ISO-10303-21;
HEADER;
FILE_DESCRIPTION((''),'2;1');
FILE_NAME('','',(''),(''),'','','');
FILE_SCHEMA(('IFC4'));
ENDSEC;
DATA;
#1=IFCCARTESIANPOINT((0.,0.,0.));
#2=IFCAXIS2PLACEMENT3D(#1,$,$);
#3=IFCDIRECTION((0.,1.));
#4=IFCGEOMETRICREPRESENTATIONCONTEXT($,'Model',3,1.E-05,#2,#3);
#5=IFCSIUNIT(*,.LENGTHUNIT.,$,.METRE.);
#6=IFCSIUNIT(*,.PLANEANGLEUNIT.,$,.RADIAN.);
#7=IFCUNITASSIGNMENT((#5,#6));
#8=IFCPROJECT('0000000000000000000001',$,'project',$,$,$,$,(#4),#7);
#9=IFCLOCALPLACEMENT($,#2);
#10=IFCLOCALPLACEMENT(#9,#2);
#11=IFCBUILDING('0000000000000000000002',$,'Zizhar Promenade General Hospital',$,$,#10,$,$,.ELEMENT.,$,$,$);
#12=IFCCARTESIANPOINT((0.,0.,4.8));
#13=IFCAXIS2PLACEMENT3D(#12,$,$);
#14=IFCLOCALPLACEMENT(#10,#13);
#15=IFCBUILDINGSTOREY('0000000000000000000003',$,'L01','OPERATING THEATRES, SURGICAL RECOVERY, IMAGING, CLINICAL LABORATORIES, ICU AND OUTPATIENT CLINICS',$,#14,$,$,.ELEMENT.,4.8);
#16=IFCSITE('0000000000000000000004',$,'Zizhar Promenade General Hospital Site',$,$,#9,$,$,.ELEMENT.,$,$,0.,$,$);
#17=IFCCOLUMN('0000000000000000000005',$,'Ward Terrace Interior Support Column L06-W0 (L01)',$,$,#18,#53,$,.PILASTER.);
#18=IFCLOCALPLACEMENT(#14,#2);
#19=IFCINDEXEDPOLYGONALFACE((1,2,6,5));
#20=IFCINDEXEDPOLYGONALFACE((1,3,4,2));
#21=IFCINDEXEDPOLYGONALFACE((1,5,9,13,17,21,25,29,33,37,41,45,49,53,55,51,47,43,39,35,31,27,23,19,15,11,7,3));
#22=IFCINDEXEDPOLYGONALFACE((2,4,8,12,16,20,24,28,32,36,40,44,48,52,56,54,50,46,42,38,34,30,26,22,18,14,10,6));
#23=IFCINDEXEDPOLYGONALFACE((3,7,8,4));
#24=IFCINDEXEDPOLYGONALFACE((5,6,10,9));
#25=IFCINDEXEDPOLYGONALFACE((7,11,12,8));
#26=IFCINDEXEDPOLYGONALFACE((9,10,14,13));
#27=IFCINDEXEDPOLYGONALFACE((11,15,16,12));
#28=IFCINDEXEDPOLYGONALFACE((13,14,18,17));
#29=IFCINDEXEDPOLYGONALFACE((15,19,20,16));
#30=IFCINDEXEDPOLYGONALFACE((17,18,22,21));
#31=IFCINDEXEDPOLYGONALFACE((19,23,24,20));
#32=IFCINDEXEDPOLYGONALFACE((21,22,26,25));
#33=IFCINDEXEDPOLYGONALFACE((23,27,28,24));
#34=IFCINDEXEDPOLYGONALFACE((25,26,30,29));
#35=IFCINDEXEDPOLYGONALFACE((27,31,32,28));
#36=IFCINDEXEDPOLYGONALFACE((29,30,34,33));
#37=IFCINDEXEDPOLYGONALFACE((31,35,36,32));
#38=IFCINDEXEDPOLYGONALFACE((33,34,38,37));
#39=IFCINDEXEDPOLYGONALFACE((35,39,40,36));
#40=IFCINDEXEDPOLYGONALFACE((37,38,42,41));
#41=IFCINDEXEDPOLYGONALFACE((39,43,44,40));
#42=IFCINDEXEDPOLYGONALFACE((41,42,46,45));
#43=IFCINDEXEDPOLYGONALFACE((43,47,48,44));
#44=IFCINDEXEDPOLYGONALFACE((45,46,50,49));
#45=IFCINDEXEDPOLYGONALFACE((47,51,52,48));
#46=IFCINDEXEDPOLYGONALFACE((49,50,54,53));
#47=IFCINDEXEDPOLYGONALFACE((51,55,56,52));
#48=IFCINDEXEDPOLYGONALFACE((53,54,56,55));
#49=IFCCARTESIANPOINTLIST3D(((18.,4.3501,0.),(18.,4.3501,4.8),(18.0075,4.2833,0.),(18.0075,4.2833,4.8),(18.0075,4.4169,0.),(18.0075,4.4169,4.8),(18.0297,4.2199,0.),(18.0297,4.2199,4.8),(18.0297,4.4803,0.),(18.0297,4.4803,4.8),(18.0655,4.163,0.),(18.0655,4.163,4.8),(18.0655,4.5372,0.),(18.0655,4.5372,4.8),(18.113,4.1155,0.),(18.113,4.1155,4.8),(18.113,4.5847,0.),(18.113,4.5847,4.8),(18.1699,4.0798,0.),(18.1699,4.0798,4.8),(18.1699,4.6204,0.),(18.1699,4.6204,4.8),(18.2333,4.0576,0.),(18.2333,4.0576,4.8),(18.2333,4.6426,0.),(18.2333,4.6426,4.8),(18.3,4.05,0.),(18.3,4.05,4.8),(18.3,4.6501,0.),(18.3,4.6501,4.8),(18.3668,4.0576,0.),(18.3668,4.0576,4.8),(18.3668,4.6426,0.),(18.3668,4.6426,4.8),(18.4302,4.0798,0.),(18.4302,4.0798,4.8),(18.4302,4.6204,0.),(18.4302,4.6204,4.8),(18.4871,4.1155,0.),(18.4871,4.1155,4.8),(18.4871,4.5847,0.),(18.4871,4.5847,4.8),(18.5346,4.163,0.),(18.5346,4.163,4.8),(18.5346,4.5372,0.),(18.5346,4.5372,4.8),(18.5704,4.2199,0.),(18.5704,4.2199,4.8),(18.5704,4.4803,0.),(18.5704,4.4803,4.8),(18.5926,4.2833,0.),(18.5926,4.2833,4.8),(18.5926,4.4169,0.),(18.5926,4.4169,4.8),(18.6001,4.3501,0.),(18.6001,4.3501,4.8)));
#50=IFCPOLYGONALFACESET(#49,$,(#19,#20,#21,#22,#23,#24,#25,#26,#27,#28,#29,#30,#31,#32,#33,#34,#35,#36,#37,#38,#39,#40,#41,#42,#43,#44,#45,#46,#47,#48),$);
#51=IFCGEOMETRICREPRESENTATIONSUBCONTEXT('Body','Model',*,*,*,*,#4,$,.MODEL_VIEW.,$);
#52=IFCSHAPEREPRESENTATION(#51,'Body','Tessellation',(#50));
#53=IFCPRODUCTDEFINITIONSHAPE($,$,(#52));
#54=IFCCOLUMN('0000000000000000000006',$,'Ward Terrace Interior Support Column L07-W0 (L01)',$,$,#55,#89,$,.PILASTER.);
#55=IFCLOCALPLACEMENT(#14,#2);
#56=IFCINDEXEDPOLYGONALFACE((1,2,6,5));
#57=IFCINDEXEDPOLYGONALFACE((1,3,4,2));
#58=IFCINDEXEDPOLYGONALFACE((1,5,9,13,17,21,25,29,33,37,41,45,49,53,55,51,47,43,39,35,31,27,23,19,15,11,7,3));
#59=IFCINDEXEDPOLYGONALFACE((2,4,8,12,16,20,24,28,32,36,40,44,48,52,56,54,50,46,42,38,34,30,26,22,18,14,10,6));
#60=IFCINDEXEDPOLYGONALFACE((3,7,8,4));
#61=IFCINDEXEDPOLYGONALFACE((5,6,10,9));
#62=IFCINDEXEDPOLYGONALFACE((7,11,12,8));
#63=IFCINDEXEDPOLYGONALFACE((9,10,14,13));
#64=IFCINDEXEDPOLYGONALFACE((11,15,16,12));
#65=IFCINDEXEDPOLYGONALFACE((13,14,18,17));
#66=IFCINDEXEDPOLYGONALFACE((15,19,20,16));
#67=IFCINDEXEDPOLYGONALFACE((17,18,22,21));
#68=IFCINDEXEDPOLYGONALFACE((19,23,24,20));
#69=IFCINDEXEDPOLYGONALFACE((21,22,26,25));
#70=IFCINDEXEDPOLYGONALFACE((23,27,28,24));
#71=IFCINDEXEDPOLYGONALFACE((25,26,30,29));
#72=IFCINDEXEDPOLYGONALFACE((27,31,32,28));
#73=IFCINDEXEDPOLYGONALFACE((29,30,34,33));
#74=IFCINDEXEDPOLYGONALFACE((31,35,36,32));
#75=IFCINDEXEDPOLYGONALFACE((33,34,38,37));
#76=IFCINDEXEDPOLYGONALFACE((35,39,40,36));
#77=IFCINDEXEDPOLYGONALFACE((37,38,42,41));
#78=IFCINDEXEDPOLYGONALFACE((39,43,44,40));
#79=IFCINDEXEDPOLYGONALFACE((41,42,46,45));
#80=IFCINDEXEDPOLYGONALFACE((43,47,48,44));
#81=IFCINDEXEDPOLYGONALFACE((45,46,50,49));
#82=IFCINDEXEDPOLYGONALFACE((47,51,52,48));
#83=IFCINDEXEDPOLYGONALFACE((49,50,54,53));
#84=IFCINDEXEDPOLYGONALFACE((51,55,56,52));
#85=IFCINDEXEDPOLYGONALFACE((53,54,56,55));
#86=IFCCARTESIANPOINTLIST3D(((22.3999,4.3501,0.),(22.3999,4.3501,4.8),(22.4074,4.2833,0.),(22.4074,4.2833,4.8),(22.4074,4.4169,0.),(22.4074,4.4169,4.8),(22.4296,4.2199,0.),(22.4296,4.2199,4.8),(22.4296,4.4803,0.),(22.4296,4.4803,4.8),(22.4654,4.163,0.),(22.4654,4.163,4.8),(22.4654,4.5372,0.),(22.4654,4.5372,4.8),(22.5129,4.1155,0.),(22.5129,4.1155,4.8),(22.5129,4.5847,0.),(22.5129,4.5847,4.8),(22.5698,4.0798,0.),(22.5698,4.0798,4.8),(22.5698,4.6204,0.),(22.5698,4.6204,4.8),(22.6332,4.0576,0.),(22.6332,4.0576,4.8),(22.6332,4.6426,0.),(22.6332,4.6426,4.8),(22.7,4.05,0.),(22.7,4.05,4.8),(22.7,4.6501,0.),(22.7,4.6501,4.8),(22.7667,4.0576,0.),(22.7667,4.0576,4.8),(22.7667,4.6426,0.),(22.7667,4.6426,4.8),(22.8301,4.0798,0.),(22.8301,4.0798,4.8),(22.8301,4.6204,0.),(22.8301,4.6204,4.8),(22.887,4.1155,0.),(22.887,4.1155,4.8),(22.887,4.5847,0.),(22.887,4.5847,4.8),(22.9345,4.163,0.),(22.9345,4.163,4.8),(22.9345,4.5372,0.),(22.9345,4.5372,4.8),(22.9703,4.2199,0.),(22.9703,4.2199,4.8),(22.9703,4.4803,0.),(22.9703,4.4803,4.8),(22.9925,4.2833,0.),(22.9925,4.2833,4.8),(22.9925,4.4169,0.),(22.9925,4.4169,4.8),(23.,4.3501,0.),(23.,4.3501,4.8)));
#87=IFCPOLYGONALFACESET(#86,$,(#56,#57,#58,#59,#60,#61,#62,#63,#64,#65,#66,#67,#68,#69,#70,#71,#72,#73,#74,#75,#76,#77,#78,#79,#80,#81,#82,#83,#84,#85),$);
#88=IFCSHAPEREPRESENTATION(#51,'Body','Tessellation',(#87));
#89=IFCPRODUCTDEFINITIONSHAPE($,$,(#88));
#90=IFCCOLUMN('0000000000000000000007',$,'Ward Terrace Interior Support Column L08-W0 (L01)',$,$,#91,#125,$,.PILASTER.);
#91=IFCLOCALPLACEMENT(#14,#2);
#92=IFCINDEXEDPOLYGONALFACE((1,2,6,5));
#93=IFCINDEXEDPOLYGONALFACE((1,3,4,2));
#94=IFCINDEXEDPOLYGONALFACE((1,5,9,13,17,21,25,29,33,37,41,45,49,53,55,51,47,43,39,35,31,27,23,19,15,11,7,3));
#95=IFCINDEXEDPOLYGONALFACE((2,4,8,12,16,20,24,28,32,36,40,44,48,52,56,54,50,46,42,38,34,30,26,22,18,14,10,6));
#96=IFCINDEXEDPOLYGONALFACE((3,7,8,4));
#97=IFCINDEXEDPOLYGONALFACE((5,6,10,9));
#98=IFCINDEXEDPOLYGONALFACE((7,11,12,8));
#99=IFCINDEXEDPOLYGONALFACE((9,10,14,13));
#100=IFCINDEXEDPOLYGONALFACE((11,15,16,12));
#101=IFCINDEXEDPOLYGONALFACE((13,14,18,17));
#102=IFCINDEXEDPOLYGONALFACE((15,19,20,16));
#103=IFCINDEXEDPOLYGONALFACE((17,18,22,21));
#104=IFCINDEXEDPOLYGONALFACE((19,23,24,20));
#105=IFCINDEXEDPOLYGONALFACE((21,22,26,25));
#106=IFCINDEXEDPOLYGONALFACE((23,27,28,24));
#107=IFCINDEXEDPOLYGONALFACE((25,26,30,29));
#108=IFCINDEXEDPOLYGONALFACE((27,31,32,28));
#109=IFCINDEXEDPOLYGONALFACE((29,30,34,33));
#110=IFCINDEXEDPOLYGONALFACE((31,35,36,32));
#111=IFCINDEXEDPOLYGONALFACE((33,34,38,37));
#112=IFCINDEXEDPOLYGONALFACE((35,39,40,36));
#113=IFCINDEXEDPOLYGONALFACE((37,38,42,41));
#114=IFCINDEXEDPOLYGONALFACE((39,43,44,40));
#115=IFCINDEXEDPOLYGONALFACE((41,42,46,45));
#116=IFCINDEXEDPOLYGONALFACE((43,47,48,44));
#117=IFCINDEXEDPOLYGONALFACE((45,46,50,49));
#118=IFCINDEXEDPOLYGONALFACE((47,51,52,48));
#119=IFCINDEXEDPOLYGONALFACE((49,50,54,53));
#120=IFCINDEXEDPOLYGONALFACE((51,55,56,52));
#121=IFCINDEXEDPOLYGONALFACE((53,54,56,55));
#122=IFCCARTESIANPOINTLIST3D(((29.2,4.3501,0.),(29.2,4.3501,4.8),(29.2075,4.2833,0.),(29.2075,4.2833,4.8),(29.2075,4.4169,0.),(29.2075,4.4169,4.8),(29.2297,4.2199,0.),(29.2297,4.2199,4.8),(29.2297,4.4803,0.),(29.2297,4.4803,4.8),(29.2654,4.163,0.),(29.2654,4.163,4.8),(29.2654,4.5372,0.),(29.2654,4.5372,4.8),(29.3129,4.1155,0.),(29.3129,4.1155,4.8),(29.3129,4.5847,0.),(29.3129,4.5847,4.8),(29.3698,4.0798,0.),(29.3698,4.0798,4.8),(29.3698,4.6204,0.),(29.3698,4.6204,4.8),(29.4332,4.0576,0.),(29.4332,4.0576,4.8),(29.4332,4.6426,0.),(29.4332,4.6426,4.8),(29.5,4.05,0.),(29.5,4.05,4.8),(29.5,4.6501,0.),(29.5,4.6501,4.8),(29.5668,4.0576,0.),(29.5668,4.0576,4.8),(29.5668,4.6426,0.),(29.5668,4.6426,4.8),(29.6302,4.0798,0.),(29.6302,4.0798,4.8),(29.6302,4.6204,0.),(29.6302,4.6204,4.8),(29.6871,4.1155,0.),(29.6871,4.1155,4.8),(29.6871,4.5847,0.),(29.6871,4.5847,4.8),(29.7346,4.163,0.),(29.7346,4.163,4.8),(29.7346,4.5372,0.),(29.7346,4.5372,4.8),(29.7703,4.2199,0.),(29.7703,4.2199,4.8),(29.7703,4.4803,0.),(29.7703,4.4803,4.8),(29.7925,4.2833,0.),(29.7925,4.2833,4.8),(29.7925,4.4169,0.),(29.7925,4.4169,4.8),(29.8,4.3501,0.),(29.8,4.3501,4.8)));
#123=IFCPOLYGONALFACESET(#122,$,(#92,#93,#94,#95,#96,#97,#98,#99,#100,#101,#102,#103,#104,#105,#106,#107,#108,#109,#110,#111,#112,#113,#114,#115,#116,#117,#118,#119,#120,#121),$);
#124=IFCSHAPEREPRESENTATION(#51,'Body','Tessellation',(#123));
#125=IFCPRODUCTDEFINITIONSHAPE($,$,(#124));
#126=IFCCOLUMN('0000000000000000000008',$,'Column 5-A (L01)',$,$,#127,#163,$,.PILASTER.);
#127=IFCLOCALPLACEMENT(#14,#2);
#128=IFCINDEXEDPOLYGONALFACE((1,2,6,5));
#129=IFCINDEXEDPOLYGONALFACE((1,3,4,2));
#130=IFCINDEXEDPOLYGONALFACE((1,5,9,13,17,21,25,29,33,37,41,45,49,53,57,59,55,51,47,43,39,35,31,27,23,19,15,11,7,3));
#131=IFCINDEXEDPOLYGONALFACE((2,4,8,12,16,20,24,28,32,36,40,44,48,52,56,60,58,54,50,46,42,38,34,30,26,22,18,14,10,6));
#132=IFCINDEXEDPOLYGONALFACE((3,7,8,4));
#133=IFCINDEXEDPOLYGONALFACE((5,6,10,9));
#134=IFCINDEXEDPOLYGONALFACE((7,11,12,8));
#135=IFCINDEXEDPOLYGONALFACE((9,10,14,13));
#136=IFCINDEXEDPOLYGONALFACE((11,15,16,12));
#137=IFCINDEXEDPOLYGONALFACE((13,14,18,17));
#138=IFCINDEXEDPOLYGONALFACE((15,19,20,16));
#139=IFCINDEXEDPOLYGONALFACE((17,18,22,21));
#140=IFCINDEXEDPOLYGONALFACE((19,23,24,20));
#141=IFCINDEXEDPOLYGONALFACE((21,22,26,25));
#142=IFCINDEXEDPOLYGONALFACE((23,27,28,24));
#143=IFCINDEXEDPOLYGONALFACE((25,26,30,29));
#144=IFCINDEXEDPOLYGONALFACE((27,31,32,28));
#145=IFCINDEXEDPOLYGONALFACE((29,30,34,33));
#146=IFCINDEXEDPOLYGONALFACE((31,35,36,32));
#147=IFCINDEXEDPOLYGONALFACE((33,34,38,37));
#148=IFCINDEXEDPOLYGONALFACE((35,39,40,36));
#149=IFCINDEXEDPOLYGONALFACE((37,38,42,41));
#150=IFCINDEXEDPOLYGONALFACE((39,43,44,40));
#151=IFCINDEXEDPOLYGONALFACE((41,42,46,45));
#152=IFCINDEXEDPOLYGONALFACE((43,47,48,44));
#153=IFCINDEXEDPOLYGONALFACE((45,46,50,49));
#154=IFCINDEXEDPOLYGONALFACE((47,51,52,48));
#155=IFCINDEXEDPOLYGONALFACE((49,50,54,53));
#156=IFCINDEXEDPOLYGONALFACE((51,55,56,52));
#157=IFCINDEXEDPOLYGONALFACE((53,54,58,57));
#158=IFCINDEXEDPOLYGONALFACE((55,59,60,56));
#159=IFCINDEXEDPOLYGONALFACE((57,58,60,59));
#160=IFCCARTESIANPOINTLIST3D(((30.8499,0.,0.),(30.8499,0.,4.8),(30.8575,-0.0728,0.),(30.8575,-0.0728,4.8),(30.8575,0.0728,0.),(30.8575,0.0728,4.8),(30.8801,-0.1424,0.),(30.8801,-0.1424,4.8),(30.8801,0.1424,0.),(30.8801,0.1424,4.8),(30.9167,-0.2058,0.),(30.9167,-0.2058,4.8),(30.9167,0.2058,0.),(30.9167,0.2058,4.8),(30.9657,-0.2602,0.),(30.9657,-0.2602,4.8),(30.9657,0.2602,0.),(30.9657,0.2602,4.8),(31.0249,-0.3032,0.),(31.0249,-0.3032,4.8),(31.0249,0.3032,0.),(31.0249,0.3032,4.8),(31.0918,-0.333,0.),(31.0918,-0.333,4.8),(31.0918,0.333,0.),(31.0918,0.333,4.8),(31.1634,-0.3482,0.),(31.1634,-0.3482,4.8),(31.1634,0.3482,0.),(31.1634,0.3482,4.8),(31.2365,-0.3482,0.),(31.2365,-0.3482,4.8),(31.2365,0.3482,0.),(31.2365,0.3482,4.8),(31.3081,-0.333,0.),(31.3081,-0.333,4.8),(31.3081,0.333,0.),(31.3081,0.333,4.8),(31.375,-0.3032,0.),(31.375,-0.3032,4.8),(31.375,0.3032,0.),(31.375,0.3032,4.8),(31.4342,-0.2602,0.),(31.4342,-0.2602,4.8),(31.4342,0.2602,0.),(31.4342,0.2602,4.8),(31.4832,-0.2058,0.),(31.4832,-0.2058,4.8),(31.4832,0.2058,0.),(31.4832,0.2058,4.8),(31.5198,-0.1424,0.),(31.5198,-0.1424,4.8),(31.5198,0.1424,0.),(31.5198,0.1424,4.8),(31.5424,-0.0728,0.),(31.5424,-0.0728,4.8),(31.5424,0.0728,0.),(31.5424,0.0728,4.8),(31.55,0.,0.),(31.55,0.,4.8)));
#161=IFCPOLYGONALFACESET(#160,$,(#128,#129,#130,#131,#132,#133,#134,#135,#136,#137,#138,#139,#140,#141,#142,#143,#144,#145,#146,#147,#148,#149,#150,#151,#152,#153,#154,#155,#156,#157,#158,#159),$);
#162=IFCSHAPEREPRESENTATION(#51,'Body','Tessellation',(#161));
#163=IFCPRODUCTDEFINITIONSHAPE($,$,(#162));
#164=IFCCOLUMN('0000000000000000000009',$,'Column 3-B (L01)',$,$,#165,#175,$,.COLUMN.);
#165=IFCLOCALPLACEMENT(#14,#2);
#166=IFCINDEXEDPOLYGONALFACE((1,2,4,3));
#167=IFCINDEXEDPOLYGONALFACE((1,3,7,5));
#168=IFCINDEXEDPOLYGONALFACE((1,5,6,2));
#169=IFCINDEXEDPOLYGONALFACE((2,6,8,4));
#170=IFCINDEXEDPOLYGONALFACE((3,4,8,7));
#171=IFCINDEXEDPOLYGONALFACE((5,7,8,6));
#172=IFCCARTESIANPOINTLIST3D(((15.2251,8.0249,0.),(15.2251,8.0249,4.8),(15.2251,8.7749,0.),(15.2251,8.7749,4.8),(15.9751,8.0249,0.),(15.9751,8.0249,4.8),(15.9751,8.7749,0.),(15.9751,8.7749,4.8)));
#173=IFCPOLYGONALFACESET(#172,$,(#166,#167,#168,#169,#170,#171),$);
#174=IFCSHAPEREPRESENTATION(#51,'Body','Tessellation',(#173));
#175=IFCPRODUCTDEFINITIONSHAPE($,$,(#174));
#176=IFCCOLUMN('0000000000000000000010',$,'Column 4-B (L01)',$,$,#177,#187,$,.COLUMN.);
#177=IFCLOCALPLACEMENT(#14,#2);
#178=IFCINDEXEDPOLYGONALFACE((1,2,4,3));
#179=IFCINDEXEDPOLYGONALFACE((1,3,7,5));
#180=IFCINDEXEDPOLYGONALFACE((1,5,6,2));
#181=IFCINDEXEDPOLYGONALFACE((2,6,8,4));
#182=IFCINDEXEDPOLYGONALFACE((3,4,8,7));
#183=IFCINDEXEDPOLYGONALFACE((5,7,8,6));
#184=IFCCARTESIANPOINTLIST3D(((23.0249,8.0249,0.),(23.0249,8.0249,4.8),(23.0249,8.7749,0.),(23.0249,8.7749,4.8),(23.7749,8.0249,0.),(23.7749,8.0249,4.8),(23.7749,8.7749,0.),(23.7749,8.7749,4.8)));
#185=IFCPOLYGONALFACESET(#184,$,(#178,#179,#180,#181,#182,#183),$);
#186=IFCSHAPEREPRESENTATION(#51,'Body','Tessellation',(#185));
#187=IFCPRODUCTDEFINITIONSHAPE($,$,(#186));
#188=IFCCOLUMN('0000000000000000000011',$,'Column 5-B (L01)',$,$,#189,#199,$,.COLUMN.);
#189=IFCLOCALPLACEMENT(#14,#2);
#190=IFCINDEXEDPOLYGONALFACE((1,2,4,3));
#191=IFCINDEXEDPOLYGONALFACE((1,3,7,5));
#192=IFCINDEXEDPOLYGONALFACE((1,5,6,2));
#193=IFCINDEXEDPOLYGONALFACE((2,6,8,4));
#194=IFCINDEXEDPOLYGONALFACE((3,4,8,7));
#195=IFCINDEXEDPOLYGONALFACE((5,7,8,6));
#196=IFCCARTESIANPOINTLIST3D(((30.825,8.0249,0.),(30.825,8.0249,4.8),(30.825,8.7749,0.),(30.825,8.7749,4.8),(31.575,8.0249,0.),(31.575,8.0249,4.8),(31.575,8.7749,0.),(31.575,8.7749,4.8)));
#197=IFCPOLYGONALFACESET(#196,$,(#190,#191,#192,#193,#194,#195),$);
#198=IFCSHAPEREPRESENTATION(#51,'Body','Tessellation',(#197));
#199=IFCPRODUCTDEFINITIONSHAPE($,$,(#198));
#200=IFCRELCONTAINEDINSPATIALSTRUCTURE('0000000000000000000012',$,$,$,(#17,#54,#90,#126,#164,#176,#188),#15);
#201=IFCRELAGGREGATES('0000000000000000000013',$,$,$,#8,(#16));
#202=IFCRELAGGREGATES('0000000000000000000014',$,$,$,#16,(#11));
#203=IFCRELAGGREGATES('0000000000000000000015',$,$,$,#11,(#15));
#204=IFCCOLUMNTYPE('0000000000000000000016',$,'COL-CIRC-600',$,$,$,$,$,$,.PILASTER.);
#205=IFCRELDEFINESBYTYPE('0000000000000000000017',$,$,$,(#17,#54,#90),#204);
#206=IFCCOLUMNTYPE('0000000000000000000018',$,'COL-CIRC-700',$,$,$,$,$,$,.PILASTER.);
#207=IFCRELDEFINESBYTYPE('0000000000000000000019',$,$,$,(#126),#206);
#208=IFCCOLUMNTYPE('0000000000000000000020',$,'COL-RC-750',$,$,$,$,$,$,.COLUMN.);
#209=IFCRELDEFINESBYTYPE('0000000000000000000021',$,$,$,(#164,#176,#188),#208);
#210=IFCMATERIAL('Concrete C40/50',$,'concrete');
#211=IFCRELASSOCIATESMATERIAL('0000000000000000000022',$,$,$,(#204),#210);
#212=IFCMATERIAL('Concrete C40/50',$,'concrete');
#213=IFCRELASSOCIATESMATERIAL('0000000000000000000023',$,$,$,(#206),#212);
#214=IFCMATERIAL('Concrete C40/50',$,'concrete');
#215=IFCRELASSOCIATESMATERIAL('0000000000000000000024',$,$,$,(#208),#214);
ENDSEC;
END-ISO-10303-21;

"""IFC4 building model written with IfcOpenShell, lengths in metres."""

from ifc_helpers import new_model, si_unit, direction, frame, origin, origin_2d, place, context, subcontext, project, spatial, rectangle, circle, extrude, material, material_profile, profile_set, type_object, element, save


model = new_model("IFC4")

# Units and contexts
model_context = context("Model", 3, precision=1e-05, world=origin(), true_north=direction((0.0, 1.0)))
body_context = subcontext(model_context, "Body", "Model", "MODEL_VIEW")
ifc_project = project(units=[si_unit("LENGTHUNIT", "METRE"), si_unit("PLANEANGLEUNIT", "RADIAN")], contexts=[model_context])

# Site, building, storey
site_placement = place(None, origin())
site = spatial("IfcSite", under=ifc_project, at=site_placement, Name="Zizhar Promenade General Hospital Site", CompositionType="ELEMENT", RefElevation=0.0)
building_placement = place(site_placement, origin())
building = spatial("IfcBuilding", under=site, at=building_placement, Name="Zizhar Promenade General Hospital", CompositionType="ELEMENT")
storey_placement = place(building_placement, frame((0.0, 0.0, 4.8)))
storey = spatial("IfcBuildingStorey", under=building, at=storey_placement, Name="L01", Description="OPERATING THEATRES, SURGICAL RECOVERY, IMAGING, CLINICAL LABORATORIES, ICU AND OUTPATIENT CLINICS", CompositionType="ELEMENT", Elevation=4.8)

# Columns
ifc_material_1 = material(Name="Concrete C40/50", Category="concrete")
ifc_material_profile_1 = material_profile(ifc_material_1, circle(Radius=0.3, at=origin_2d()))
ifc_profile_set_1 = profile_set([ifc_material_profile_1], Name="Concrete C40/50")
column_type_1 = type_object("IfcColumnType", Name="COL-CIRC-600", PredefinedType="PILASTER", material=ifc_profile_set_1)
for number, where, z_axis, x_axis, name in (
    (1, (18.3, 4.3501, 0.0), (0.0, 0.0, 1.0), (1.0, 0.0, 0.0), "Ward Terrace Interior Support Column L06-W0 (L01)"),
    (2, (22.7, 4.3501, 0.0), (0.0, 0.0, 1.0), (1.0, 0.0, 0.0), "Ward Terrace Interior Support Column L07-W0 (L01)"),
    (3, (29.5, 4.3501, 0.0), (0.0, 0.0, 1.0), (1.0, 0.0, 0.0), "Ward Terrace Interior Support Column L08-W0 (L01)"),
):
    element("IfcColumn", number, at=place(storey_placement, frame(where, z_axis=z_axis, x_axis=x_axis)), inside=storey, type_object=column_type_1, Name=name, PredefinedType="PILASTER", context=body_context, shape_type="SweptSolid", body=[
        extrude(circle(Radius=0.3, at=origin_2d()), origin(), (0.0, 0.0, 1.0), 4.8),
    ])
ifc_material_2 = material(Name="Concrete C40/50", Category="concrete")
ifc_material_profile_2 = material_profile(ifc_material_2, circle(Radius=0.3501, at=origin_2d()))
ifc_profile_set_2 = profile_set([ifc_material_profile_2], Name="Concrete C40/50")
column_type_2 = type_object("IfcColumnType", Name="COL-CIRC-700", PredefinedType="PILASTER", material=ifc_profile_set_2)
column_placement = place(storey_placement, frame((31.2, 0.0, 0.0), z_axis=(0.0, 0.0, 1.0), x_axis=(1.0, 0.0, 0.0)))
element("IfcColumn", 4, at=column_placement, inside=storey, type_object=column_type_2, Name="Column 5-A (L01)", PredefinedType="PILASTER", context=body_context, shape_type="SweptSolid", body=[
    extrude(circle(Radius=0.3501, at=origin_2d()), origin(), (0.0, 0.0, 1.0), 4.8),
])
ifc_material_3 = material(Name="Concrete C40/50", Category="concrete")
ifc_material_profile_3 = material_profile(ifc_material_3, rectangle(XDim=0.75, YDim=0.75, at=origin_2d()))
ifc_profile_set_3 = profile_set([ifc_material_profile_3], Name="Concrete C40/50")
column_type_3 = type_object("IfcColumnType", Name="COL-RC-750", PredefinedType="COLUMN", material=ifc_profile_set_3)
for number, where, z_axis, x_axis, name in (
    (5, (15.6001, 8.3999, 0.0), (0.0, 0.0, 1.0), (1.0, 0.0, 0.0), "Column 3-B (L01)"),
    (6, (23.3999, 8.3999, 0.0), (0.0, 0.0, 1.0), (1.0, 0.0, 0.0), "Column 4-B (L01)"),
    (7, (31.2, 8.3999, 0.0), (0.0, 0.0, 1.0), (1.0, 0.0, 0.0), "Column 5-B (L01)"),
):
    element("IfcColumn", number, at=place(storey_placement, frame(where, z_axis=z_axis, x_axis=x_axis)), inside=storey, type_object=column_type_3, Name=name, PredefinedType="COLUMN", context=body_context, shape_type="SweptSolid", body=[
        extrude(rectangle(XDim=0.75, YDim=0.75, at=origin_2d()), origin(), (0.0, 0.0, 1.0), 4.8),
    ])

save(model, "model.ifc")
